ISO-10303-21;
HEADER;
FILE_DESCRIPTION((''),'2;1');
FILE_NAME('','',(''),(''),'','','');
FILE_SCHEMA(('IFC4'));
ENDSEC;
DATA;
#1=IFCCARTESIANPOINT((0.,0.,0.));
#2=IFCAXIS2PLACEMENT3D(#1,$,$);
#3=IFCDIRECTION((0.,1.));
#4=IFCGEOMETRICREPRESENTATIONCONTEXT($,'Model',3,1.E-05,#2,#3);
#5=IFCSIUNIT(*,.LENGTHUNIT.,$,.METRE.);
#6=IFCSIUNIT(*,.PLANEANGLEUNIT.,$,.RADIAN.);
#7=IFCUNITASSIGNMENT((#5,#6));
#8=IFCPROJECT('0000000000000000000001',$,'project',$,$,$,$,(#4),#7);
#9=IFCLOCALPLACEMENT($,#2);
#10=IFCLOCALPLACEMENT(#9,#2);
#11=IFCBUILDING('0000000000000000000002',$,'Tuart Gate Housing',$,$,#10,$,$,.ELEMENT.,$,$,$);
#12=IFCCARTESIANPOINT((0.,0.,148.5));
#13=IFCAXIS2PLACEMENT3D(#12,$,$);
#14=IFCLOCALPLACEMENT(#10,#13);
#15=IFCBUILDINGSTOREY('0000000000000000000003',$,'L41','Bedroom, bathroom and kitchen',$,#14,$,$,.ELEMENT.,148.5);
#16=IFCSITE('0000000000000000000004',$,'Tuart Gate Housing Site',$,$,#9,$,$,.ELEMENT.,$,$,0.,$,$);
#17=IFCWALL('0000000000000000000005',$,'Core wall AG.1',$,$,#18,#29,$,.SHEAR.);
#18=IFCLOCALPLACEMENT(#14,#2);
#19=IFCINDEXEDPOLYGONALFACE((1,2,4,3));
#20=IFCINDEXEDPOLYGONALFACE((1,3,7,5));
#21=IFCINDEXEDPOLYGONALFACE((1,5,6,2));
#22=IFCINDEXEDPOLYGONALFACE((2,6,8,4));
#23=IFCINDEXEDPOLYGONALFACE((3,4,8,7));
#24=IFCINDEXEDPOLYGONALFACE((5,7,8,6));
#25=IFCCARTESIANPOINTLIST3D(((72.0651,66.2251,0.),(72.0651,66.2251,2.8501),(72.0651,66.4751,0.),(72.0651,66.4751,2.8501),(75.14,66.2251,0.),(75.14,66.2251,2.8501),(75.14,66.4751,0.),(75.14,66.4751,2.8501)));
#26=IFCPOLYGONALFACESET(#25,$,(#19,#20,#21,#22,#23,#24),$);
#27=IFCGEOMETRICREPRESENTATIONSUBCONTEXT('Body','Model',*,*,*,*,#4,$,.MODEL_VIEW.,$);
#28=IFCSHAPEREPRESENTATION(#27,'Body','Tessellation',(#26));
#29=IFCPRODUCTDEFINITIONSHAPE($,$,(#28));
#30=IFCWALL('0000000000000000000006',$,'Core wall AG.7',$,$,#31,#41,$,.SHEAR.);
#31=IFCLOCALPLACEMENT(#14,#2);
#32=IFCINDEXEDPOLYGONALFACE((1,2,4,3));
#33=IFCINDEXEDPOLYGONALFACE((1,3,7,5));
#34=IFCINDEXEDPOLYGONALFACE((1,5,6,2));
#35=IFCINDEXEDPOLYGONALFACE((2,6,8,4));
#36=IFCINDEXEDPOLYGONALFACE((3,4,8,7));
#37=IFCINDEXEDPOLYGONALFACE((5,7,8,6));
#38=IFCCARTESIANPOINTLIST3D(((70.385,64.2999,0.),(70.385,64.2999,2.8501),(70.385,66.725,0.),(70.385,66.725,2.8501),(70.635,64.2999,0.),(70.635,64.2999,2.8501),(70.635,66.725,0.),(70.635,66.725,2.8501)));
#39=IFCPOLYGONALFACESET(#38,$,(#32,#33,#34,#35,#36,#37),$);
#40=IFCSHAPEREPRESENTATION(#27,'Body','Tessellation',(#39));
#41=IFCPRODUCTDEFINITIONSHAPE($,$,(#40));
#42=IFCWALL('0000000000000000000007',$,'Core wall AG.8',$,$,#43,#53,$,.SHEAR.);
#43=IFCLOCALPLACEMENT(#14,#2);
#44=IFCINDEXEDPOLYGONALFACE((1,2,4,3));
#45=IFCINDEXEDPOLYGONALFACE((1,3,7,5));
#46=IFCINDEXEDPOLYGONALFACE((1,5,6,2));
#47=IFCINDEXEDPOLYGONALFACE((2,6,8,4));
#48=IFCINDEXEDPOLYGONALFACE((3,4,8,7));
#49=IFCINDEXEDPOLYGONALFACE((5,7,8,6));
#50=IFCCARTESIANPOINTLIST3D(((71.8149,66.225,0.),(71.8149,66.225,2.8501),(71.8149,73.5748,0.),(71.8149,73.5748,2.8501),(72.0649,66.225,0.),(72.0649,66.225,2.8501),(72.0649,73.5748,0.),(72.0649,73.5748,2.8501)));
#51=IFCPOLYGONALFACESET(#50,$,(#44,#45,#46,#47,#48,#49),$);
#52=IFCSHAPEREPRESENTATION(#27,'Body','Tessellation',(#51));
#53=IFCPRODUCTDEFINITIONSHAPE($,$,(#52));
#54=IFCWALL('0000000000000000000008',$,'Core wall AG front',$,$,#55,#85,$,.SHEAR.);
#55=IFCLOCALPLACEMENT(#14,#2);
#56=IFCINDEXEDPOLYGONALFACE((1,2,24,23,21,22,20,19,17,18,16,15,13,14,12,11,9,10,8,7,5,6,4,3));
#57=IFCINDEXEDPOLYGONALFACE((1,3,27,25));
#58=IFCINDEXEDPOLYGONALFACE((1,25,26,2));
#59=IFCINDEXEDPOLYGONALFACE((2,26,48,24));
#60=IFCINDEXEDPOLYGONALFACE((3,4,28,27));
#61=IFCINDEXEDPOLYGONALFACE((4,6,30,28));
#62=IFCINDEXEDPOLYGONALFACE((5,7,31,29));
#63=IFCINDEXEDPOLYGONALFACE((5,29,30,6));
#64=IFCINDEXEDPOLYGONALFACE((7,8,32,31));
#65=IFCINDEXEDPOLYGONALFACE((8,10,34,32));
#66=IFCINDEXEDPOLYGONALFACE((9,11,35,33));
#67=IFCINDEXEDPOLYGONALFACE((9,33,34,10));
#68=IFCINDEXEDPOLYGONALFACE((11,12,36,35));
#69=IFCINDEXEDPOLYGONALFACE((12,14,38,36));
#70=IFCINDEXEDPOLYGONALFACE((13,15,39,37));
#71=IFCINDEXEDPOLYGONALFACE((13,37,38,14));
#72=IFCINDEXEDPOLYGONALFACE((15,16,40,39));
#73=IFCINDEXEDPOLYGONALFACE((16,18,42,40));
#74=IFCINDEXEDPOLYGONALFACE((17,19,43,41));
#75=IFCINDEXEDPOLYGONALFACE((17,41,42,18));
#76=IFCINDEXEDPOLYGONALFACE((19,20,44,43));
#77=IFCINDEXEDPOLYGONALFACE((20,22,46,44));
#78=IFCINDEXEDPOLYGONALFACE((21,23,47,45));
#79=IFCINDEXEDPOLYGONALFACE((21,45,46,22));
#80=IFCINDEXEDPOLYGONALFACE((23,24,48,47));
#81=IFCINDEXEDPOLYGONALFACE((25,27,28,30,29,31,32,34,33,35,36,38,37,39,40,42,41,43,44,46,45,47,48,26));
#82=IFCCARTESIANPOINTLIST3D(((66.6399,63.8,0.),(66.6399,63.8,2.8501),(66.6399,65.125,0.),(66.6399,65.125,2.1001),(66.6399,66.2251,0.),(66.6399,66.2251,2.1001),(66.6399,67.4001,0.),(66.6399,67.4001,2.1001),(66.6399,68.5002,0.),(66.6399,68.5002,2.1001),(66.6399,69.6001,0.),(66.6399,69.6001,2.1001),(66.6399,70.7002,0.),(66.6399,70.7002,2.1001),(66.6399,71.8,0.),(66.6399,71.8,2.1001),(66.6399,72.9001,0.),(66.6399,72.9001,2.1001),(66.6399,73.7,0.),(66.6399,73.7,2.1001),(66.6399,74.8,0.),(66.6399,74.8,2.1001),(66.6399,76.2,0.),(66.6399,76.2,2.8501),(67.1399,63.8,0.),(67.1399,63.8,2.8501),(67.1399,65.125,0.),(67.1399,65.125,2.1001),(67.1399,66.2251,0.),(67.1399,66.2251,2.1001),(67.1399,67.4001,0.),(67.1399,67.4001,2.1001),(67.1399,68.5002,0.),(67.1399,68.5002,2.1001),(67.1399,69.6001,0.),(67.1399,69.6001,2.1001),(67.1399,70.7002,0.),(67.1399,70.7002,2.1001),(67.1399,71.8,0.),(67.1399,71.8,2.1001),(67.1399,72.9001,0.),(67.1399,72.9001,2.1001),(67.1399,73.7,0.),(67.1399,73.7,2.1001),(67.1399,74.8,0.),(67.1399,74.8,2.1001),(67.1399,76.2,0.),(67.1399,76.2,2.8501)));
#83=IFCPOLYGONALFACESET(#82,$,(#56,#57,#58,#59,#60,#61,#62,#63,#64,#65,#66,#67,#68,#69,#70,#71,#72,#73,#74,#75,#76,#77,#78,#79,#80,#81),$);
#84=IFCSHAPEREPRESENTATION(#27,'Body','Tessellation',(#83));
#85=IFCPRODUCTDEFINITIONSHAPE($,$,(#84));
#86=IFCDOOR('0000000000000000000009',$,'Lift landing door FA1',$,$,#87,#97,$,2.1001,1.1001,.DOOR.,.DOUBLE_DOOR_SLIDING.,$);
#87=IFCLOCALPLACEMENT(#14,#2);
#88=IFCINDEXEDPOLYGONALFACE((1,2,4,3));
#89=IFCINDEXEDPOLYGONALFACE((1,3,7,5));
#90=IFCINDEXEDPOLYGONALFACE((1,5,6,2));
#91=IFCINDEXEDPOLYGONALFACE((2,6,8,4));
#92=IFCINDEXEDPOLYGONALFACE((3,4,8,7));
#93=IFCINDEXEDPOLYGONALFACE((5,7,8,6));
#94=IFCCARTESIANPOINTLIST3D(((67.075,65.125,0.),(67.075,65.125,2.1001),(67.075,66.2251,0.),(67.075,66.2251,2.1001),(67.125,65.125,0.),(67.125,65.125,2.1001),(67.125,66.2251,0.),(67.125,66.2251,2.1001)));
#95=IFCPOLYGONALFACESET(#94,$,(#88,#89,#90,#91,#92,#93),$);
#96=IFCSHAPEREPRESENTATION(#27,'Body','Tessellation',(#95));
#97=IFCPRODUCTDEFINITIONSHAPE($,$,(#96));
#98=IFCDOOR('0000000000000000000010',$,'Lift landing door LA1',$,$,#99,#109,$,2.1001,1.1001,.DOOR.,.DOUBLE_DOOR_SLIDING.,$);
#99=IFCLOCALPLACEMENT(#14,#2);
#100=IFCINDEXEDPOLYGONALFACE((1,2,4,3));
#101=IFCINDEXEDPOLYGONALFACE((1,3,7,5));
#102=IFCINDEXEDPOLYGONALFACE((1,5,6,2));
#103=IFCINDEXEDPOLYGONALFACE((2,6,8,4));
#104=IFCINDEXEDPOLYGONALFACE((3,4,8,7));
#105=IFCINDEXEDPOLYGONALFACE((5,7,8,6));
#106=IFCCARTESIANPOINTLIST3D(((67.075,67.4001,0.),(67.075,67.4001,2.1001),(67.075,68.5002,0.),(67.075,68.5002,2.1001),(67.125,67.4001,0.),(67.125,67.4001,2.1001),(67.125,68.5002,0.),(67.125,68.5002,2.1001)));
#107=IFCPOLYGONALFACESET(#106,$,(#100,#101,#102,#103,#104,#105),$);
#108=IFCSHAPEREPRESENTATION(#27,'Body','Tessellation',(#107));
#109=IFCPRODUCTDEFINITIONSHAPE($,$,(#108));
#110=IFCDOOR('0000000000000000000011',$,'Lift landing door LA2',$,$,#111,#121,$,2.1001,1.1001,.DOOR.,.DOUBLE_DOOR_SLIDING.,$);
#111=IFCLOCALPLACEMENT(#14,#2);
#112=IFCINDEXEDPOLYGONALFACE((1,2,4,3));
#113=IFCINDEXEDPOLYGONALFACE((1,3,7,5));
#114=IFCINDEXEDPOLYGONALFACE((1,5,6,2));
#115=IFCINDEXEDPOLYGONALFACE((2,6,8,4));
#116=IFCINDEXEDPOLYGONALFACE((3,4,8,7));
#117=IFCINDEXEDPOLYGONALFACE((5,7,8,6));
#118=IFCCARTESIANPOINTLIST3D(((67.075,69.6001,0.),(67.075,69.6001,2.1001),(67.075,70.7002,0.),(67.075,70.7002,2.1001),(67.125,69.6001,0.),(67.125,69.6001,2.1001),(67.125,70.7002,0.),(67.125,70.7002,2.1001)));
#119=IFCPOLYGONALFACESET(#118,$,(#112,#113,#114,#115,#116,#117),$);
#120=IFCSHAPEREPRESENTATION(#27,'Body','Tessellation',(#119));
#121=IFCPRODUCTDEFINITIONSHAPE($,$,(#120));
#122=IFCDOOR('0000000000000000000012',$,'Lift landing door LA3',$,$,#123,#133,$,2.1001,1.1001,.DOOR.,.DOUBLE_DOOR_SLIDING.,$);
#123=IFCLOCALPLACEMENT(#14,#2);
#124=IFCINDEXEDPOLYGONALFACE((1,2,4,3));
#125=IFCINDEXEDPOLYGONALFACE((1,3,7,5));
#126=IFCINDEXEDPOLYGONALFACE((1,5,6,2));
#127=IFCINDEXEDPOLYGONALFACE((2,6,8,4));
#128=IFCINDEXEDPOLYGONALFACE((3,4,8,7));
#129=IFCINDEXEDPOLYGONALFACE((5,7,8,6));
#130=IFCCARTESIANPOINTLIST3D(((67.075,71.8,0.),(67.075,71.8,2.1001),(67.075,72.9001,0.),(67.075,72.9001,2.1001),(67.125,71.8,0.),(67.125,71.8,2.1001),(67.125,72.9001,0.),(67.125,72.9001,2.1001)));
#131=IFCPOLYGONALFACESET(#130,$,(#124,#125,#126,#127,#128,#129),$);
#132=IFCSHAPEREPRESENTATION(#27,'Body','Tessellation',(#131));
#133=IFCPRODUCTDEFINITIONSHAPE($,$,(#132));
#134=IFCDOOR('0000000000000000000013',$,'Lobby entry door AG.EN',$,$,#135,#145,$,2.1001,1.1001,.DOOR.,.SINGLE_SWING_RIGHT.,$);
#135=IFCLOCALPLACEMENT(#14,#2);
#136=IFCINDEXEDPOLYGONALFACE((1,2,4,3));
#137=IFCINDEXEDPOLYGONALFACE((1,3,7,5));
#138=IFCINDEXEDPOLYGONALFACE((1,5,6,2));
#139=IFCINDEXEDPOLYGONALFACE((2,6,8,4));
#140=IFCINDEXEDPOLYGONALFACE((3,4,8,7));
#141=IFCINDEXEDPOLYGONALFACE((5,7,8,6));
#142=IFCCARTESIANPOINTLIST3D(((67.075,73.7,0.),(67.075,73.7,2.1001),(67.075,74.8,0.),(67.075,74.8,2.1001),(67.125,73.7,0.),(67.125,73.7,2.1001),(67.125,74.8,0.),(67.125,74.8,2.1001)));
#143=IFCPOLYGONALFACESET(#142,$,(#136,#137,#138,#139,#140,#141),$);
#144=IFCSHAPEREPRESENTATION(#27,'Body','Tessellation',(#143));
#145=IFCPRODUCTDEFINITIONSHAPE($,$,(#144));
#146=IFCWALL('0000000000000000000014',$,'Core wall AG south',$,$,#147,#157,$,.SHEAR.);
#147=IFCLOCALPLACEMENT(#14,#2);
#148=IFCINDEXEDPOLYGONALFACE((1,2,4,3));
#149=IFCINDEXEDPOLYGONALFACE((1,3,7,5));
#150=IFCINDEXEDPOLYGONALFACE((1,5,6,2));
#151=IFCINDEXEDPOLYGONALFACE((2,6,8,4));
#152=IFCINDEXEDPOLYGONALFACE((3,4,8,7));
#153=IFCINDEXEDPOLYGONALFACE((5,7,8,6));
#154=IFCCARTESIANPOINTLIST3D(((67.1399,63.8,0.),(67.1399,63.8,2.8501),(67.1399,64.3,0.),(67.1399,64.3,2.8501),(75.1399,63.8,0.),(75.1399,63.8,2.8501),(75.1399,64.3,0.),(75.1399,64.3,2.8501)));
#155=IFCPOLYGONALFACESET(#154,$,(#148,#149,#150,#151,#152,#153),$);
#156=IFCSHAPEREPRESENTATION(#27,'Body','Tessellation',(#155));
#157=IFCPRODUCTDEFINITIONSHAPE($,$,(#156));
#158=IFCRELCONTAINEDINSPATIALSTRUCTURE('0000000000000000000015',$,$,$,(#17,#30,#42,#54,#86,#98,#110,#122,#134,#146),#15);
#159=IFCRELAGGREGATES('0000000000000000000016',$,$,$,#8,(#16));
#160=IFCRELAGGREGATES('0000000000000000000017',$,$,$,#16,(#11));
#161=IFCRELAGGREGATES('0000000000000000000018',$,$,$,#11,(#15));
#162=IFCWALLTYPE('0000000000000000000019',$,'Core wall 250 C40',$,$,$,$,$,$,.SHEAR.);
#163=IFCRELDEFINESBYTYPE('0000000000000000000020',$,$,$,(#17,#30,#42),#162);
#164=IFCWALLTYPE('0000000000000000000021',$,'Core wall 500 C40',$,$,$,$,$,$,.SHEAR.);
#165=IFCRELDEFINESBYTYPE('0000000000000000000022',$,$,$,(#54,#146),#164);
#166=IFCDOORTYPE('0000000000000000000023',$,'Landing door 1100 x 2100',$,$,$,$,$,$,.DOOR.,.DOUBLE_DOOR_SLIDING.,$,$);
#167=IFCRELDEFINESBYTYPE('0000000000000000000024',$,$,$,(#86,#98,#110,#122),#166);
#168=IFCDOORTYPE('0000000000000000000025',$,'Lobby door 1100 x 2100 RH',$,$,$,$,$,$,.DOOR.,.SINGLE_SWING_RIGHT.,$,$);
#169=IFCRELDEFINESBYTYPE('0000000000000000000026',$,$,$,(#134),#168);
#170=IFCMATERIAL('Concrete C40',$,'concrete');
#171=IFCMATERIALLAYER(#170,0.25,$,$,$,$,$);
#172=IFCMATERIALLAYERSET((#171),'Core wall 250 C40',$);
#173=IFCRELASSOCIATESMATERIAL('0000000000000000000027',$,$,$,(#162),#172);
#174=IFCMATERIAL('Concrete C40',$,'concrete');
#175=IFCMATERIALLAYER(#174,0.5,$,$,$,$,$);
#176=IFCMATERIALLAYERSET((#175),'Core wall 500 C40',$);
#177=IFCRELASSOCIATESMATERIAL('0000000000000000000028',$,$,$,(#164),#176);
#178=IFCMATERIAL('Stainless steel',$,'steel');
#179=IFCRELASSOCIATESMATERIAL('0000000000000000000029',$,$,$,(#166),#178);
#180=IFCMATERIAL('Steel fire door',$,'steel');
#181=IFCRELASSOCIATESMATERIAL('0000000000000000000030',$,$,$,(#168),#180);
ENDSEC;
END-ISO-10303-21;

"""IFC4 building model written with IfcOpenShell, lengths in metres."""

from ifc_helpers import new_model, si_unit, direction, frame, frame_2d, origin, place, context, subcontext, project, spatial, rectangle, extrude, material, layer, layer_set, type_object, element, fill, save


model = new_model("IFC4")

# Units and contexts
model_context = context("Model", 3, precision=1e-05, world=origin(), true_north=direction((0.0, 1.0)))
body_context = subcontext(model_context, "Body", "Model", "MODEL_VIEW")
ifc_project = project(units=[si_unit("LENGTHUNIT", "METRE"), si_unit("PLANEANGLEUNIT", "RADIAN")], contexts=[model_context])

# Site, building, storey
site_placement = place(None, origin())
site = spatial("IfcSite", under=ifc_project, at=site_placement, Name="Tuart Gate Housing Site", CompositionType="ELEMENT", RefElevation=0.0)
building_placement = place(site_placement, origin())
building = spatial("IfcBuilding", under=site, at=building_placement, Name="Tuart Gate Housing", CompositionType="ELEMENT")
storey_placement = place(building_placement, frame((0.0, 0.0, 148.5)))
storey = spatial("IfcBuildingStorey", under=building, at=storey_placement, Name="L41", Description="Bedroom, bathroom and kitchen", CompositionType="ELEMENT", Elevation=148.5)

# Walls
ifc_material_1 = material(Name="Concrete C40", Category="concrete")
ifc_layer_1 = layer(ifc_material_1, 0.25)
ifc_layer_set_1 = layer_set([ifc_layer_1], Name="Core wall 250 C40")
wall_type_1 = type_object("IfcWallType", Name="Core wall 250 C40", PredefinedType="SHEAR", material=ifc_layer_set_1)
wall_1_placement = place(storey_placement, frame((72.0649, 66.3501, 0.0), z_axis=(0.0, 0.0, 1.0), x_axis=(1.0, 0.0, 0.0)))
element("IfcWall", 1, at=wall_1_placement, inside=storey, type_object=wall_type_1, Name="Core wall AG.1", PredefinedType="SHEAR", context=body_context, shape_type="SweptSolid", body=[
    extrude(rectangle(XDim=3.075, YDim=0.25, at=frame_2d((1.5376, 0.0))), origin(), (0.0, 0.0, 1.0), 2.8501),
])
wall_2_placement = place(storey_placement, frame((70.51, 64.3, 0.0), z_axis=(0.0, 0.0, 1.0), x_axis=(0.0, 1.0, 0.0)))
element("IfcWall", 2, at=wall_2_placement, inside=storey, type_object=wall_type_1, Name="Core wall AG.7", PredefinedType="SHEAR", context=body_context, shape_type="SweptSolid", body=[
    extrude(rectangle(XDim=2.425, YDim=0.25, at=frame_2d((1.2124, 0.0))), origin(), (0.0, 0.0, 1.0), 2.8501),
])
wall_3_placement = place(storey_placement, frame((71.9399, 66.2251, 0.0), z_axis=(0.0, 0.0, 1.0), x_axis=(0.0, 1.0, 0.0)))
element("IfcWall", 3, at=wall_3_placement, inside=storey, type_object=wall_type_1, Name="Core wall AG.8", PredefinedType="SHEAR", context=body_context, shape_type="SweptSolid", body=[
    extrude(rectangle(XDim=7.3499, YDim=0.25, at=frame_2d((3.6748, 0.0))), origin(), (0.0, 0.0, 1.0), 2.8501),
])

# Wall, openings, doors
ifc_material_2 = material(Name="Concrete C40", Category="concrete")
ifc_layer_2 = layer(ifc_material_2, 0.5)
ifc_layer_set_2 = layer_set([ifc_layer_2], Name="Core wall 500 C40")
wall_type_2 = type_object("IfcWallType", Name="Core wall 500 C40", PredefinedType="SHEAR", material=ifc_layer_set_2)
wall_4_placement = place(storey_placement, frame((66.8899, 63.8, 0.0), z_axis=(0.0, 0.0, 1.0), x_axis=(0.0, 1.0, 0.0)))
wall_4 = element("IfcWall", 4, at=wall_4_placement, inside=storey, type_object=wall_type_2, Name="Core wall AG front", PredefinedType="SHEAR", context=body_context, shape_type="SweptSolid", body=[
    extrude(rectangle(XDim=12.3999, YDim=0.5, at=frame_2d((6.2, 0.0))), origin(), (0.0, 0.0, 1.0), 2.8501),
])
opening_1_placement = place(wall_4_placement, frame((1.325, 0.0, 0.0)))
opening_1 = element("IfcOpeningElement", 5, at=opening_1_placement, cuts=wall_4, PredefinedType="OPENING", context=body_context, shape_type="SweptSolid", body=[
    extrude(rectangle(XDim=1.1001, YDim=2.1001, at=frame_2d((0.55, 1.05))), frame((0.0, 0.26, 0.0), z_axis=(0.0, -1.0, 0.0), x_axis=(1.0, 0.0, 0.0)), (0.0, 0.0, 1.0), 0.52),
])
opening_2_placement = place(wall_4_placement, frame((3.6001, 0.0, 0.0)))
opening_2 = element("IfcOpeningElement", 6, at=opening_2_placement, cuts=wall_4, PredefinedType="OPENING", context=body_context, shape_type="SweptSolid", body=[
    extrude(rectangle(XDim=1.1001, YDim=2.1001, at=frame_2d((0.55, 1.05))), frame((0.0, 0.26, 0.0), z_axis=(0.0, -1.0, 0.0), x_axis=(1.0, 0.0, 0.0)), (0.0, 0.0, 1.0), 0.52),
])
opening_3_placement = place(wall_4_placement, frame((5.8, 0.0, 0.0)))
opening_3 = element("IfcOpeningElement", 7, at=opening_3_placement, cuts=wall_4, PredefinedType="OPENING", context=body_context, shape_type="SweptSolid", body=[
    extrude(rectangle(XDim=1.1001, YDim=2.1001, at=frame_2d((0.55, 1.05))), frame((0.0, 0.26, 0.0), z_axis=(0.0, -1.0, 0.0), x_axis=(1.0, 0.0, 0.0)), (0.0, 0.0, 1.0), 0.52),
])
opening_4_placement = place(wall_4_placement, frame((8.0, 0.0, 0.0)))
opening_4 = element("IfcOpeningElement", 8, at=opening_4_placement, cuts=wall_4, PredefinedType="OPENING", context=body_context, shape_type="SweptSolid", body=[
    extrude(rectangle(XDim=1.1001, YDim=2.1001, at=frame_2d((0.55, 1.05))), frame((0.0, 0.26, 0.0), z_axis=(0.0, -1.0, 0.0), x_axis=(1.0, 0.0, 0.0)), (0.0, 0.0, 1.0), 0.52),
])
opening_5_placement = place(wall_4_placement, frame((9.8999, 0.0, 0.0)))
opening_5 = element("IfcOpeningElement", 9, at=opening_5_placement, cuts=wall_4, PredefinedType="OPENING", context=body_context, shape_type="SweptSolid", body=[
    extrude(rectangle(XDim=1.1001, YDim=2.1001, at=frame_2d((0.55, 1.05))), frame((0.0, 0.26, 0.0), z_axis=(0.0, -1.0, 0.0), x_axis=(1.0, 0.0, 0.0)), (0.0, 0.0, 1.0), 0.52),
])
ifc_material_3 = material(Name="Stainless steel", Category="steel")
door_type_1 = type_object("IfcDoorType", Name="Landing door 1100 x 2100", OperationType="DOUBLE_DOOR_SLIDING", PredefinedType="DOOR", material=ifc_material_3)
door_1_placement = place(opening_1_placement, origin())
door_1 = element("IfcDoor", 10, at=door_1_placement, inside=storey, type_object=door_type_1, Name="Lift landing door FA1", OperationType="DOUBLE_DOOR_SLIDING", OverallHeight=2.1001, OverallWidth=1.1001, PredefinedType="DOOR", context=body_context, shape_type="SweptSolid", body=[
    extrude(rectangle(XDim=1.1001, YDim=2.1001, at=frame_2d((0.55, 1.05))), frame((0.0, -0.1851, 0.0), z_axis=(0.0, -1.0, 0.0), x_axis=(1.0, 0.0, 0.0)), (0.0, 0.0, 1.0), 0.05),
])
fill(opening_1, door_1)
door_2_placement = place(opening_2_placement, origin())
door_2 = element("IfcDoor", 11, at=door_2_placement, inside=storey, type_object=door_type_1, Name="Lift landing door LA1", OperationType="DOUBLE_DOOR_SLIDING", OverallHeight=2.1001, OverallWidth=1.1001, PredefinedType="DOOR", context=body_context, shape_type="SweptSolid", body=[
    extrude(rectangle(XDim=1.1001, YDim=2.1001, at=frame_2d((0.55, 1.05))), frame((0.0, -0.1851, 0.0), z_axis=(0.0, -1.0, 0.0), x_axis=(1.0, 0.0, 0.0)), (0.0, 0.0, 1.0), 0.05),
])
fill(opening_2, door_2)
door_3_placement = place(opening_3_placement, origin())
door_3 = element("IfcDoor", 12, at=door_3_placement, inside=storey, type_object=door_type_1, Name="Lift landing door LA2", OperationType="DOUBLE_DOOR_SLIDING", OverallHeight=2.1001, OverallWidth=1.1001, PredefinedType="DOOR", context=body_context, shape_type="SweptSolid", body=[
    extrude(rectangle(XDim=1.1001, YDim=2.1001, at=frame_2d((0.55, 1.05))), frame((0.0, -0.1851, 0.0), z_axis=(0.0, -1.0, 0.0), x_axis=(1.0, 0.0, 0.0)), (0.0, 0.0, 1.0), 0.05),
])
fill(opening_3, door_3)
door_4_placement = place(opening_4_placement, origin())
door_4 = element("IfcDoor", 13, at=door_4_placement, inside=storey, type_object=door_type_1, Name="Lift landing door LA3", OperationType="DOUBLE_DOOR_SLIDING", OverallHeight=2.1001, OverallWidth=1.1001, PredefinedType="DOOR", context=body_context, shape_type="SweptSolid", body=[
    extrude(rectangle(XDim=1.1001, YDim=2.1001, at=frame_2d((0.55, 1.05))), frame((0.0, -0.1851, 0.0), z_axis=(0.0, -1.0, 0.0), x_axis=(1.0, 0.0, 0.0)), (0.0, 0.0, 1.0), 0.05),
])
fill(opening_4, door_4)
ifc_material_4 = material(Name="Steel fire door", Category="steel")
door_type_2 = type_object("IfcDoorType", Name="Lobby door 1100 x 2100 RH", OperationType="SINGLE_SWING_RIGHT", PredefinedType="DOOR", material=ifc_material_4)
door_5_placement = place(opening_5_placement, frame((1.1001, 0.0, 0.0), z_axis=(0.0, 0.0, 1.0), x_axis=(-1.0, 0.0, 0.0)))
door_5 = element("IfcDoor", 14, at=door_5_placement, inside=storey, type_object=door_type_2, Name="Lobby entry door AG.EN", OperationType="SINGLE_SWING_RIGHT", OverallHeight=2.1001, OverallWidth=1.1001, PredefinedType="DOOR", context=body_context, shape_type="SweptSolid", body=[
    extrude(rectangle(XDim=1.1001, YDim=2.1001, at=frame_2d((0.55, 1.05))), frame((0.0, 0.2351, 0.0), z_axis=(0.0, -1.0, 0.0), x_axis=(1.0, 0.0, 0.0)), (0.0, 0.0, 1.0), 0.05),
])
fill(opening_5, door_5)

# Wall
wall_5_placement = place(storey_placement, frame((67.1399, 64.05, 0.0), z_axis=(0.0, 0.0, 1.0), x_axis=(1.0, 0.0, 0.0)))
element("IfcWall", 15, at=wall_5_placement, inside=storey, type_object=wall_type_2, Name="Core wall AG south", PredefinedType="SHEAR", context=body_context, shape_type="SweptSolid", body=[
    extrude(rectangle(XDim=8.0, YDim=0.5, at=frame_2d((4.0, 0.0))), origin(), (0.0, 0.0, 1.0), 2.8501),
])

save(model, "model.ifc")
